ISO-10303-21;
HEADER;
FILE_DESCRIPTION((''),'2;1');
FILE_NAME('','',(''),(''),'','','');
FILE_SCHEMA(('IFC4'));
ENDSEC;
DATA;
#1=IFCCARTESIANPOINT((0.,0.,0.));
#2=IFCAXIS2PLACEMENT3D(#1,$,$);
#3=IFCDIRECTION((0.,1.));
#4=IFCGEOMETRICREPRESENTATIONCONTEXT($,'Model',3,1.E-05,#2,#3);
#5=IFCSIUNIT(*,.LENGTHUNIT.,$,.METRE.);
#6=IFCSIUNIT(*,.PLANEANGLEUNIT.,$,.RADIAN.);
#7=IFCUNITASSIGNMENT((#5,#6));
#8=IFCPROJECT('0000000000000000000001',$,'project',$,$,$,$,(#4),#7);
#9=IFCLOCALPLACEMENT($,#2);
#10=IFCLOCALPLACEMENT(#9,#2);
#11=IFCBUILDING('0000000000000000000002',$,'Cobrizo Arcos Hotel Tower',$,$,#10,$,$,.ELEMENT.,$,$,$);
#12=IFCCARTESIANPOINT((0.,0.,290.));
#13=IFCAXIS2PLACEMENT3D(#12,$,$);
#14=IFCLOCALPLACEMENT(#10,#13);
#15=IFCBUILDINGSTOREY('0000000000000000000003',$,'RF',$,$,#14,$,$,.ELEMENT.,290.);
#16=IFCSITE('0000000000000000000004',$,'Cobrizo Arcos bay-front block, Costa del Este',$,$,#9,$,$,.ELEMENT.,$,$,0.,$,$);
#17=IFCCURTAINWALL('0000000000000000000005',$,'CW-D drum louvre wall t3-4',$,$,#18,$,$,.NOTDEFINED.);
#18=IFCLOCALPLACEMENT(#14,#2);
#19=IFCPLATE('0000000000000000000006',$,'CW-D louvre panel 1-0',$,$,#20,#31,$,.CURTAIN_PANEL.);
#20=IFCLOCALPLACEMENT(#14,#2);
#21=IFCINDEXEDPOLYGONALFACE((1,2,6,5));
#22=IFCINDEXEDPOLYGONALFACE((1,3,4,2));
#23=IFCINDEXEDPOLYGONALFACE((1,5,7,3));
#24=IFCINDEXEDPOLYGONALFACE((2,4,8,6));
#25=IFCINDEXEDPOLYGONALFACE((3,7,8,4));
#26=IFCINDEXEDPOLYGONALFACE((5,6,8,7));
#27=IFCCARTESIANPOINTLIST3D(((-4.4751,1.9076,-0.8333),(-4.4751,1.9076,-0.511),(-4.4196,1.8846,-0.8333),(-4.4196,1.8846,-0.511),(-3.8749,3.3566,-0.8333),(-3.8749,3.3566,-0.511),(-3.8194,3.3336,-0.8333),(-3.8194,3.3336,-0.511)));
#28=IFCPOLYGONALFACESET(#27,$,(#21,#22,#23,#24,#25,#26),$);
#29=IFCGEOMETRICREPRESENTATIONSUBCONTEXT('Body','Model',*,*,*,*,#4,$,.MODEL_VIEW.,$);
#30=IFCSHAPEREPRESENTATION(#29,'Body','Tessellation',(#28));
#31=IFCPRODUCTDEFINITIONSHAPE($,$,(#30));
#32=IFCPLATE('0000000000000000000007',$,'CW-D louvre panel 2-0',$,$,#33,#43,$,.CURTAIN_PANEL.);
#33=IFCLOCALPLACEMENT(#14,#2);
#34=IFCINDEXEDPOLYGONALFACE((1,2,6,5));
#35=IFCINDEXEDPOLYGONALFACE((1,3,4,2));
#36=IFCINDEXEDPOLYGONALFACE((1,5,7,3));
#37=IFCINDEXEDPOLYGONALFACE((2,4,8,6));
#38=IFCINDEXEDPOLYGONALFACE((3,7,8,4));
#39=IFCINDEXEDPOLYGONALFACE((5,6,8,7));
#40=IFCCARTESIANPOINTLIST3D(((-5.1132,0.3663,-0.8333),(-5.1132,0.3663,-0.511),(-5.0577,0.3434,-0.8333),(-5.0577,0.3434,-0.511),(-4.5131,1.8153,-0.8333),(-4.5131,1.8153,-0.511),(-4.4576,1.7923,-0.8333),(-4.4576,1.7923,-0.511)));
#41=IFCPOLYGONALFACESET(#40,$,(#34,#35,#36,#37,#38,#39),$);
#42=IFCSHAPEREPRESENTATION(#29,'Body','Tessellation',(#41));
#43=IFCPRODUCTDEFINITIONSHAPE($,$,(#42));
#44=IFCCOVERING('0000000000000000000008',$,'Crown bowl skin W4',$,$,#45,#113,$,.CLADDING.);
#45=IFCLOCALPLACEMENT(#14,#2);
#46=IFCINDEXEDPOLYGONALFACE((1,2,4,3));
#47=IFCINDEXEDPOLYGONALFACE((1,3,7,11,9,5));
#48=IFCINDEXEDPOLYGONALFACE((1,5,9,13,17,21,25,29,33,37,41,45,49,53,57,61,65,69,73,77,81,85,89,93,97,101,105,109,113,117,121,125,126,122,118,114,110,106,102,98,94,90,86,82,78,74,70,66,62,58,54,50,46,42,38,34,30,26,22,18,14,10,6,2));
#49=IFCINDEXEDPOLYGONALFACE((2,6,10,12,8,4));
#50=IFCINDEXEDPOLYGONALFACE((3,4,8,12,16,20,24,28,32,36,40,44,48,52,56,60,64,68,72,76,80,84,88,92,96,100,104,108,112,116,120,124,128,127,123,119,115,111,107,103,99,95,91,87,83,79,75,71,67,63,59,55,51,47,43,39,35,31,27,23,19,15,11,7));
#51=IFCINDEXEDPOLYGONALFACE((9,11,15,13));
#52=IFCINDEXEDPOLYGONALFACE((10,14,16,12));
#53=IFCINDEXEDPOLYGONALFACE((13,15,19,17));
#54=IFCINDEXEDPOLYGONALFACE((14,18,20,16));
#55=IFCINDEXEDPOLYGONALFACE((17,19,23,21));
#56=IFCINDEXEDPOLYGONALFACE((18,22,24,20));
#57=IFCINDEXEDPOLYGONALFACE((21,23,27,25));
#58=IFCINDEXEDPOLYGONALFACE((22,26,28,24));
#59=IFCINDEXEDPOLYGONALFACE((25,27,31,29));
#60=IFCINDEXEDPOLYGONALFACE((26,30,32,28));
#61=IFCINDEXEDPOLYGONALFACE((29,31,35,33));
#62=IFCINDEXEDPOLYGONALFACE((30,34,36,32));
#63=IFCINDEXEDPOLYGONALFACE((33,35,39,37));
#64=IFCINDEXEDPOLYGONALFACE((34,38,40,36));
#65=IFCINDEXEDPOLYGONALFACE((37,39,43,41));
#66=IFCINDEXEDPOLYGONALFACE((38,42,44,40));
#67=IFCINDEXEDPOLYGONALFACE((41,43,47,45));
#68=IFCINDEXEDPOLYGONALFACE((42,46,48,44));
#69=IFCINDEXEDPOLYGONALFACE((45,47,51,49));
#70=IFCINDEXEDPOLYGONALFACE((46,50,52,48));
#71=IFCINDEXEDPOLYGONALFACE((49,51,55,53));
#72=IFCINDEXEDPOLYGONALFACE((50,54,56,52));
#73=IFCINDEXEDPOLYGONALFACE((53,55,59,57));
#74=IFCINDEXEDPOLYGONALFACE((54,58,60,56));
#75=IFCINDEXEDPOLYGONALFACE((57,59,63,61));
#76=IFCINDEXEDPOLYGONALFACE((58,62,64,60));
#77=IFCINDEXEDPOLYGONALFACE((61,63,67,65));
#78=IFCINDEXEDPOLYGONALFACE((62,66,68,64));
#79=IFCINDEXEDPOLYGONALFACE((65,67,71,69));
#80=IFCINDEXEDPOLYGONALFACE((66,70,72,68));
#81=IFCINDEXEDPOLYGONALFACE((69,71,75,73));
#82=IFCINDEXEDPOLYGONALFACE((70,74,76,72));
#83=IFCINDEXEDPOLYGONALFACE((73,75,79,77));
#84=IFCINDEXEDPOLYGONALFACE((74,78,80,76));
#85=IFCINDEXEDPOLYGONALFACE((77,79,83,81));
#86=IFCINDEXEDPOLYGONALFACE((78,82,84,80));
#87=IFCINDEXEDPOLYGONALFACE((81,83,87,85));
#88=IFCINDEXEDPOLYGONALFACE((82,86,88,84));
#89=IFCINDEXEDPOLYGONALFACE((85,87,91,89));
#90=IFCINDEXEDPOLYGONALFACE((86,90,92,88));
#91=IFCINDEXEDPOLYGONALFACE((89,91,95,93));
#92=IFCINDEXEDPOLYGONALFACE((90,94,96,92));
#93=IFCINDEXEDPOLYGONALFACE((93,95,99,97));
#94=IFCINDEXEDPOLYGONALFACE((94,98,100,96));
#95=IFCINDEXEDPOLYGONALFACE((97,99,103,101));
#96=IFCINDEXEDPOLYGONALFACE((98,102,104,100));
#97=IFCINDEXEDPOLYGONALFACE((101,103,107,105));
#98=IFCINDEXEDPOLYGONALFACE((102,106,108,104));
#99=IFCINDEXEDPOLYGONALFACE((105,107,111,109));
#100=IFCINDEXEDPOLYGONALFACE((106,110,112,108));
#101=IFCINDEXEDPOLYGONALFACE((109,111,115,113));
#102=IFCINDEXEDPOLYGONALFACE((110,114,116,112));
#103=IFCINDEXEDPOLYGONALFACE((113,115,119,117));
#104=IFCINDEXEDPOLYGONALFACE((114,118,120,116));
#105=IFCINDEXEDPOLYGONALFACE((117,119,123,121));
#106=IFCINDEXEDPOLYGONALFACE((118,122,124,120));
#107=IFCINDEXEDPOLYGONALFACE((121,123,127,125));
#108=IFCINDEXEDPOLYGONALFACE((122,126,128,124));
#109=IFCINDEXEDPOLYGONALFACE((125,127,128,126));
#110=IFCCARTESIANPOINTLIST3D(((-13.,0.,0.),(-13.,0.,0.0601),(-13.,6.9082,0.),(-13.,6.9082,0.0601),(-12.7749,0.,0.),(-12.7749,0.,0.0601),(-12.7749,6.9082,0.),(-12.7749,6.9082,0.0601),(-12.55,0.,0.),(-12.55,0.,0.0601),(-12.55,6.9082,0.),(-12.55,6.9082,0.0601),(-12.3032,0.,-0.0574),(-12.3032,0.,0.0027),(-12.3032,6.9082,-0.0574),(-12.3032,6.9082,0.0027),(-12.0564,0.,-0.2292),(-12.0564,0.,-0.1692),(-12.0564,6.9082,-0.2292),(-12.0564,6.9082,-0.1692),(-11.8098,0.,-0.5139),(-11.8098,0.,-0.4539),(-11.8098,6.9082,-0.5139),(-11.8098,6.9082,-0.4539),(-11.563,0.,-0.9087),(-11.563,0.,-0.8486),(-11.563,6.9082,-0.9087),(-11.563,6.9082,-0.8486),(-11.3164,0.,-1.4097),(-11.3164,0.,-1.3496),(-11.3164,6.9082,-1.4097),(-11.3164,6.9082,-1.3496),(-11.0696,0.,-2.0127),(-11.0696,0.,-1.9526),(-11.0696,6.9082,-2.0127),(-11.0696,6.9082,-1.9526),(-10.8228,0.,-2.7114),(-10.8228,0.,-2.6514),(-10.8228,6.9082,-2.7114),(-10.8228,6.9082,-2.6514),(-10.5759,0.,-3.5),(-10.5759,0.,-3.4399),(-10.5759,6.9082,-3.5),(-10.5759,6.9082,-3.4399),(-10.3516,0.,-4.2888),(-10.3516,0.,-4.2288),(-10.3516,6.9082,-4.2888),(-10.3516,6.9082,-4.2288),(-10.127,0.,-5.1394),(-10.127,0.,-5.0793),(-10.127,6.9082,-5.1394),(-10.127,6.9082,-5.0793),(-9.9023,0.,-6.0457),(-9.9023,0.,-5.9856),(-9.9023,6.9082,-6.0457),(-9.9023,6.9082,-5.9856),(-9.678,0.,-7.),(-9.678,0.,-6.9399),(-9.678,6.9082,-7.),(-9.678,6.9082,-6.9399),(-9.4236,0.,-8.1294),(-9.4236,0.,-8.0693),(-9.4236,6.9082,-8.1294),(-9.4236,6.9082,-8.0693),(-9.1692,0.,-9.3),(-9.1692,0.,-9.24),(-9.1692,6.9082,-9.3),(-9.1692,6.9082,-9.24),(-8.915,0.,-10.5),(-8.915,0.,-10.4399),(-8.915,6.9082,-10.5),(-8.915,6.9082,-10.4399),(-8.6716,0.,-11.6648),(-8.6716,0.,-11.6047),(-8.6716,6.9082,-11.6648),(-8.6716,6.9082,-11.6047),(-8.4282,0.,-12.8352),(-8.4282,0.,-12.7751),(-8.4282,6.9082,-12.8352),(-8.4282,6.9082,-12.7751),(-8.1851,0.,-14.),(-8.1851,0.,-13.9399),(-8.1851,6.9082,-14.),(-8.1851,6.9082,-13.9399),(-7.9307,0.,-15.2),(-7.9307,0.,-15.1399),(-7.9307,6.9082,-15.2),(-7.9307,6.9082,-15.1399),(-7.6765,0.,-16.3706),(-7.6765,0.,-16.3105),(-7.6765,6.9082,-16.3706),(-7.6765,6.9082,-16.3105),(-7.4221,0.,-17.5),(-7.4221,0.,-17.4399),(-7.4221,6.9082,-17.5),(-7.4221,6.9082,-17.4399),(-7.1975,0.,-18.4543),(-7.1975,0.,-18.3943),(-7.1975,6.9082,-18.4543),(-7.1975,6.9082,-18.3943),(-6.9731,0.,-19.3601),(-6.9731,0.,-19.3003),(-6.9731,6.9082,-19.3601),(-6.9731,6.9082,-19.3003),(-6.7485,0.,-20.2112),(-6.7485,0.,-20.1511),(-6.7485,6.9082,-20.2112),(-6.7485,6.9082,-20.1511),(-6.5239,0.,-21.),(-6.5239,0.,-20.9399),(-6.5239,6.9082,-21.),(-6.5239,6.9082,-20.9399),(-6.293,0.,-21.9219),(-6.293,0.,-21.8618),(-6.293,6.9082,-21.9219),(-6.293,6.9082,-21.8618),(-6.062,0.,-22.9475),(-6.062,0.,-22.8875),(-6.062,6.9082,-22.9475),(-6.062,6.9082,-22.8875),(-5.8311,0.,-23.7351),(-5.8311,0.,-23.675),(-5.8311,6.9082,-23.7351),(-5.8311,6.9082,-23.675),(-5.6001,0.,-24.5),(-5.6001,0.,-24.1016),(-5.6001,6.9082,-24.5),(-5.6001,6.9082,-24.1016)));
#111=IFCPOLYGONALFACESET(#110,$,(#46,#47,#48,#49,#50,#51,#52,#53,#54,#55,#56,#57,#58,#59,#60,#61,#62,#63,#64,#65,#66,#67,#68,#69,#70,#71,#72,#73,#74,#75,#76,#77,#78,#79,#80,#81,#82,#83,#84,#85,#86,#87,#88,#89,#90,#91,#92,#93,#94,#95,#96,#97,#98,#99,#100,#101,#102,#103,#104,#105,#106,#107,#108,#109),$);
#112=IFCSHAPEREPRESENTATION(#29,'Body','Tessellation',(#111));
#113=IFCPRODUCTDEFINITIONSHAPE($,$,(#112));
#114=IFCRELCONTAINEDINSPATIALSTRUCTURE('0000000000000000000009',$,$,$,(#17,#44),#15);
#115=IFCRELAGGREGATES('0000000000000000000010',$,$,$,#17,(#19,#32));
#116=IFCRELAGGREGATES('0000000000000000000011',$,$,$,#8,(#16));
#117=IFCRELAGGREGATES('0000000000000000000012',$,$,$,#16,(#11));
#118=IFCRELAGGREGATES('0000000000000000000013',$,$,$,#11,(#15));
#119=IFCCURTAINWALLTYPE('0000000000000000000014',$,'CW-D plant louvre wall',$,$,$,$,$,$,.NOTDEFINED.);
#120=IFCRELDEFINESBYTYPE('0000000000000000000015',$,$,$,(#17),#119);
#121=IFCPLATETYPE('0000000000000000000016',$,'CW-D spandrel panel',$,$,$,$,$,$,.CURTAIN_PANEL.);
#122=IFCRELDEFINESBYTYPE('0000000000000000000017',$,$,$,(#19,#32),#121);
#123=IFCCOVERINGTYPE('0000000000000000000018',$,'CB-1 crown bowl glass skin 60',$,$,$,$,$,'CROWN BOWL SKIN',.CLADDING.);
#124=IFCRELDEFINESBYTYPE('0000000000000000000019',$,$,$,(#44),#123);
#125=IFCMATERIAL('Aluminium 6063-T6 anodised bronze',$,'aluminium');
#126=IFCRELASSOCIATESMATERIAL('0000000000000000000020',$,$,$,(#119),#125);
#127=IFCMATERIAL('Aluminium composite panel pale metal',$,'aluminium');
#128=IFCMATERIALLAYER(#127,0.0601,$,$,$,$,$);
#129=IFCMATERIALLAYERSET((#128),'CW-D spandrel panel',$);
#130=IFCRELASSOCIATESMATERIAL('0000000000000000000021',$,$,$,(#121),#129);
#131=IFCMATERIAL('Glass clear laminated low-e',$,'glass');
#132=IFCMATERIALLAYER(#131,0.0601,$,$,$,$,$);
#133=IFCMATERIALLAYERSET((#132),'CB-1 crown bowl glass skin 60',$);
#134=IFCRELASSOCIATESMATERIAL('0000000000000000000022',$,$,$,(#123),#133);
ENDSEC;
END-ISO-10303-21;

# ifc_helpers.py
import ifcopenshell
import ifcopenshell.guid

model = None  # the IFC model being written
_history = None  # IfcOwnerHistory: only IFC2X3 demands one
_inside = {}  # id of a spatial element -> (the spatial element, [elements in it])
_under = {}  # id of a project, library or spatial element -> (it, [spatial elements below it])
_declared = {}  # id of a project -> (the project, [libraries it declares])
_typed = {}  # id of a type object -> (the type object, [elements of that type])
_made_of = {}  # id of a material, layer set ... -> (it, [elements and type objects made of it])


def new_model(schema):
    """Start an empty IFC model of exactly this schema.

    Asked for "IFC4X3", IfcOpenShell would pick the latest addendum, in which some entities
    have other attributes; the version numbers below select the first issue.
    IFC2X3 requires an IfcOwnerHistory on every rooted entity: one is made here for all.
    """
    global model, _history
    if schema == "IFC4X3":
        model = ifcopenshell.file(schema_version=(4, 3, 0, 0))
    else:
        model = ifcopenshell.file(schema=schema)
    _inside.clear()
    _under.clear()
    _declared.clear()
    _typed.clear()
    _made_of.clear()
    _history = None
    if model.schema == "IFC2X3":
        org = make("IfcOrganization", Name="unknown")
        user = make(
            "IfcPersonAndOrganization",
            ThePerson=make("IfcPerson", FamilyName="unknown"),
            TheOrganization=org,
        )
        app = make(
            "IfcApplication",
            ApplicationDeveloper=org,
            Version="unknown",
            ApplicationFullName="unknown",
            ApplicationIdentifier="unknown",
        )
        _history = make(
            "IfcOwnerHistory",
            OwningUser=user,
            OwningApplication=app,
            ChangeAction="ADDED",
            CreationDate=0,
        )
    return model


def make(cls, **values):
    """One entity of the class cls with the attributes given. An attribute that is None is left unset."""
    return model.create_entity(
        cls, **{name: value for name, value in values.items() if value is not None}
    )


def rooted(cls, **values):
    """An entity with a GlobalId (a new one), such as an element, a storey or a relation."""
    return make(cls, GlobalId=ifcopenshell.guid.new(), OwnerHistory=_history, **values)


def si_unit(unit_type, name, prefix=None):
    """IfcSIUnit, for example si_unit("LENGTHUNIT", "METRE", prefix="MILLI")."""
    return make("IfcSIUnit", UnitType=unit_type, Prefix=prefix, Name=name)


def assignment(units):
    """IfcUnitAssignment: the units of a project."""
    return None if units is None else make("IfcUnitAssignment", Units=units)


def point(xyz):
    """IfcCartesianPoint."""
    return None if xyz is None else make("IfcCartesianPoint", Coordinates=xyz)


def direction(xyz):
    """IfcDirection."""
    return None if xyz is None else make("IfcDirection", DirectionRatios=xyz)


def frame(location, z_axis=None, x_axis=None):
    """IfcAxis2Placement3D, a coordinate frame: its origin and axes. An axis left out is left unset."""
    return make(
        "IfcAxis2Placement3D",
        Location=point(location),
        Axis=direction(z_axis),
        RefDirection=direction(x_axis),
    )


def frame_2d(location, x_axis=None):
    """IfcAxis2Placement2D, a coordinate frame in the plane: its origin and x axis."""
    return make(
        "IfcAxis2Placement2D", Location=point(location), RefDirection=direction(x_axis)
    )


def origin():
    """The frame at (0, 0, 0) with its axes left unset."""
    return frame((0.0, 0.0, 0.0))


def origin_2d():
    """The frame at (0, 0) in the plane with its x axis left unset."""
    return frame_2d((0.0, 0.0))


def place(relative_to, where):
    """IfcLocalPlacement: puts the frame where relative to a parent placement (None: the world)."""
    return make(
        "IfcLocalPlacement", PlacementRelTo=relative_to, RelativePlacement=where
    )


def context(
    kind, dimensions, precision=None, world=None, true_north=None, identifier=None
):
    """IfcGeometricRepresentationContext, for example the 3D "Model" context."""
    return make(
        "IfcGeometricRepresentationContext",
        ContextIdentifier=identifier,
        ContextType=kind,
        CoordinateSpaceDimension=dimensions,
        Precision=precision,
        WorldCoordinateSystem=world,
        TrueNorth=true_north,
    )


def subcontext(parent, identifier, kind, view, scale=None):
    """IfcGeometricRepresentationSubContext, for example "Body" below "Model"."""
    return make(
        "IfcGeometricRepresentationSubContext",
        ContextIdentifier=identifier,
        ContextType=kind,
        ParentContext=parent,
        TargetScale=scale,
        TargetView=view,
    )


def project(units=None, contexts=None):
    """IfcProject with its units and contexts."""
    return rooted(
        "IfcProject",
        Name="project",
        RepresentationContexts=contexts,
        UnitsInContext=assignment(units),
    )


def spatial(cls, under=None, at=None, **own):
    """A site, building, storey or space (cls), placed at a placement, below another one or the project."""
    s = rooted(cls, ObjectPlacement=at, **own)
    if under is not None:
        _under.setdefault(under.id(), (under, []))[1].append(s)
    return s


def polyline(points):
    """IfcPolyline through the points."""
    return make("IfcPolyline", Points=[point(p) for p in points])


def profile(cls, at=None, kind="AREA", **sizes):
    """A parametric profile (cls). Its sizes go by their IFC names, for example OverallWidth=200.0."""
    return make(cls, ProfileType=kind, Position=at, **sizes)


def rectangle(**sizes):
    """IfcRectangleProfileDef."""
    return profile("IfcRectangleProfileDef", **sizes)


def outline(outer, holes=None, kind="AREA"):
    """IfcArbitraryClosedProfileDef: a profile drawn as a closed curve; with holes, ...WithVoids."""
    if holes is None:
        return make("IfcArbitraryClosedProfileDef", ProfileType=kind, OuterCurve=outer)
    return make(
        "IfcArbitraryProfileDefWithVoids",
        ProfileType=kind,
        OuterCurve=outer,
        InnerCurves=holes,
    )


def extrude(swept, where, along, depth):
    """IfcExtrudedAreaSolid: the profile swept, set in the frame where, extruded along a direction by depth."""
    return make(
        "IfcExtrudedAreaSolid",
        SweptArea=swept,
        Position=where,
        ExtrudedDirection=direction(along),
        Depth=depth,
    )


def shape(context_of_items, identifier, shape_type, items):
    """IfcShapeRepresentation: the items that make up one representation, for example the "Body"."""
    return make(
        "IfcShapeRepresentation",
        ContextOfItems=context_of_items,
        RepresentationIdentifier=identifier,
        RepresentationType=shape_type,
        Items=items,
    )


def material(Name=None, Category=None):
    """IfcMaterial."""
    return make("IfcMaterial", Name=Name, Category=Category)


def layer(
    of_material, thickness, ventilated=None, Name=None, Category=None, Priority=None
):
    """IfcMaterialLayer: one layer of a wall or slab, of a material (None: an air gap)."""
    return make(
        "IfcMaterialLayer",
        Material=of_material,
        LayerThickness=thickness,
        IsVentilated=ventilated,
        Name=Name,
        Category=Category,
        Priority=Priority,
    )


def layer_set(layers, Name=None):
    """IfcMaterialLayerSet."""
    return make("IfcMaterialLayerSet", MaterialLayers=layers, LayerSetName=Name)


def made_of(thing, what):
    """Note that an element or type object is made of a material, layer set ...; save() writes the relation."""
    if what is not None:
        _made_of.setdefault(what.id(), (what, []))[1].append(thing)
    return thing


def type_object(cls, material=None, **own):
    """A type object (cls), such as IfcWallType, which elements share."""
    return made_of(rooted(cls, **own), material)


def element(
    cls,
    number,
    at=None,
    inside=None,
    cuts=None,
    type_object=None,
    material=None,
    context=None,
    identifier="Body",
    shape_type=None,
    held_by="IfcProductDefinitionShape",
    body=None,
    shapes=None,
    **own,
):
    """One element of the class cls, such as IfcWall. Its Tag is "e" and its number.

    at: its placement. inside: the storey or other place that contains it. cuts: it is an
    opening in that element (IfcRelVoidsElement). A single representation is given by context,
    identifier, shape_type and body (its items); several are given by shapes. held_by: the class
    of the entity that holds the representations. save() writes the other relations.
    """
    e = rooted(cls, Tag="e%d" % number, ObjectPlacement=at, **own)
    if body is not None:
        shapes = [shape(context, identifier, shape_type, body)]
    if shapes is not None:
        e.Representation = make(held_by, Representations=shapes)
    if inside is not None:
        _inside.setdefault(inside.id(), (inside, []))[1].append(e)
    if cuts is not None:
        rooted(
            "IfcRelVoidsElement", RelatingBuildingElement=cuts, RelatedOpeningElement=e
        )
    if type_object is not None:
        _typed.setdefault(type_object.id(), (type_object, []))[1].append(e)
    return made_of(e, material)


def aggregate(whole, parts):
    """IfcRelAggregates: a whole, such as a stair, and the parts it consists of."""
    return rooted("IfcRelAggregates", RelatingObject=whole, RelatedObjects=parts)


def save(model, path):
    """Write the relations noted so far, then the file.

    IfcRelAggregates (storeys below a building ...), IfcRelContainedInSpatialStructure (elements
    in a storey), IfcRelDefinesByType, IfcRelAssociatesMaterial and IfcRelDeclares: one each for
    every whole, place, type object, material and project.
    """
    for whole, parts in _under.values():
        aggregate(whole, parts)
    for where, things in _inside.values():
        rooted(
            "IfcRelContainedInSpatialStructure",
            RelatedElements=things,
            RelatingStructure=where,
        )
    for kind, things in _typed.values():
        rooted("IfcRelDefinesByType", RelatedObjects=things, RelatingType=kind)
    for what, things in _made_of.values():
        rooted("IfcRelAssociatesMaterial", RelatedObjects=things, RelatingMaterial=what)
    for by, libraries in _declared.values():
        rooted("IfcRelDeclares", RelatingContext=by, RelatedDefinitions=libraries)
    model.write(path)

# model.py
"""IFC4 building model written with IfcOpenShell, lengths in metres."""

from ifc_helpers import new_model, si_unit, direction, frame, origin, origin_2d, place, context, subcontext, project, spatial, polyline, rectangle, outline, extrude, material, layer, layer_set, type_object, element, aggregate, save


model = new_model("IFC4")

# Units and contexts
model_context = context("Model", 3, precision=1e-05, world=origin(), true_north=direction((0.0, 1.0)))
body_context = subcontext(model_context, "Body", "Model", "MODEL_VIEW")
ifc_project = project(units=[si_unit("LENGTHUNIT", "METRE"), si_unit("PLANEANGLEUNIT", "RADIAN")], contexts=[model_context])

# Site, building, storey
site_placement = place(None, origin())
site = spatial("IfcSite", under=ifc_project, at=site_placement, Name="Cobrizo Arcos bay-front block, Costa del Este", CompositionType="ELEMENT", RefElevation=0.0)
building_placement = place(site_placement, origin())
building = spatial("IfcBuilding", under=site, at=building_placement, Name="Cobrizo Arcos Hotel Tower", CompositionType="ELEMENT")
storey_placement = place(building_placement, frame((0.0, 0.0, 290.0)))
storey = spatial("IfcBuildingStorey", under=building, at=storey_placement, Name="RF", CompositionType="ELEMENT", Elevation=290.0)

# Curtain wall
ifc_material_1 = material(Name="Aluminium 6063-T6 anodised bronze", Category="aluminium")
curtain_wall_type = type_object("IfcCurtainWallType", Name="CW-D plant louvre wall", PredefinedType="NOTDEFINED", material=ifc_material_1)
curtain_wall_1_placement = place(storey_placement, origin())
curtain_wall_1 = element("IfcCurtainWall", 1, at=curtain_wall_1_placement, inside=storey, type_object=curtain_wall_type, Name="CW-D drum louvre wall t3-4", PredefinedType="NOTDEFINED")

# Shared definitions
ifc_material_2 = material(Name="Glass clear laminated low-e", Category="glass")

# Plates
ifc_material_3 = material(Name="Aluminium composite panel pale metal", Category="aluminium")
ifc_layer_1 = layer(ifc_material_3, 0.0601)
ifc_layer_set_1 = layer_set([ifc_layer_1], Name="CW-D spandrel panel")
plate_type_1 = type_object("IfcPlateType", Name="CW-D spandrel panel", PredefinedType="CURTAIN_PANEL", material=ifc_layer_set_1)
plate_1_placement = place(storey_placement, frame((-4.1472, 2.6206, -0.8333), z_axis=(0.0, 0.0, 1.0), x_axis=(-0.382683, -0.92388, 0.0)))
plate_1 = element("IfcPlate", 2, at=plate_1_placement, type_object=plate_type_1, Name="CW-D louvre panel 1-0", PredefinedType="CURTAIN_PANEL", context=body_context, shape_type="SweptSolid", body=[
    extrude(rectangle(XDim=1.5684, YDim=0.0601, at=origin_2d()), origin(), (0.0, 0.0, 1.0), 0.3223),
])
plate_2_placement = place(storey_placement, frame((-4.7854, 1.0793, -0.8333), z_axis=(0.0, 0.0, 1.0), x_axis=(-0.382683, -0.92388, 0.0)))
plate_2 = element("IfcPlate", 3, at=plate_2_placement, type_object=plate_type_1, Name="CW-D louvre panel 2-0", PredefinedType="CURTAIN_PANEL", context=body_context, shape_type="SweptSolid", body=[
    extrude(rectangle(XDim=1.5684, YDim=0.0601, at=origin_2d()), origin(), (0.0, 0.0, 1.0), 0.3223),
])
aggregate(curtain_wall_1, [plate_1, plate_2])

# Covering
ifc_layer_2 = layer(ifc_material_2, 0.0601)
ifc_layer_set_2 = layer_set([ifc_layer_2], Name="CB-1 crown bowl glass skin 60")
covering_type_1 = type_object("IfcCoveringType", Name="CB-1 crown bowl glass skin 60", ElementType="CROWN BOWL SKIN", PredefinedType="CLADDING", material=ifc_layer_set_2)
covering_1_placement = place(storey_placement, frame((0.0, 0.0, -24.5), z_axis=(0.0, 1.0, 0.0), x_axis=(-1.0, 0.0, 0.0)))
element("IfcCovering", 4, at=covering_1_placement, inside=storey, type_object=covering_type_1, Name="Crown bowl skin W4", PredefinedType="CLADDING", context=body_context, shape_type="SweptSolid", body=[
    extrude(outline(polyline([(5.8311, 0.7649), (6.062, 1.5525), (6.293, 2.5781), (6.5239, 3.5), (6.7485, 4.2888), (6.9731, 5.1399), (7.1975, 6.0457), (7.4221, 7.0), (7.6765, 8.1294), (7.9307, 9.3), (8.1851, 10.5), (8.4282, 11.6648), (8.6716, 12.8352), (8.915, 14.0), (9.1692, 15.2), (9.4236, 16.3706), (9.678, 17.5), (9.9023, 18.4543), (10.127, 19.3606), (10.3516, 20.2112), (10.5759, 21.0), (10.8228, 21.7886), (11.0696, 22.4873), (11.3164, 23.0903), (11.563, 23.5913), (11.8098, 23.9861), (12.0564, 24.2708), (12.3032, 24.4426), (12.55, 24.5), (12.7749, 24.5), (13.0, 24.5), (13.0, 24.5601), (12.7749, 24.5601), (12.55, 24.5601), (12.3032, 24.5027), (12.0564, 24.3308), (11.8098, 24.0461), (11.563, 23.6514), (11.3164, 23.1504), (11.0696, 22.5474), (10.8228, 21.8486), (10.5759, 21.0601), (10.3516, 20.2712), (10.127, 19.4207), (9.9023, 18.5144), (9.678, 17.5601), (9.4236, 16.4307), (9.1692, 15.26), (8.915, 14.0601), (8.6716, 12.8953), (8.4282, 11.7249), (8.1851, 10.5601), (7.9307, 9.3601), (7.6765, 8.1895), (7.4221, 7.0601), (7.1975, 6.1057), (6.9731, 5.1997), (6.7485, 4.3489), (6.5239, 3.5601), (6.293, 2.6382), (6.062, 1.6125), (5.8311, 0.825), (5.6001, 0.3984), (5.6001, 0.0), (5.8311, 0.7649)])), origin(), (0.0, 0.0, 1.0), 6.9082),
])

save(model, "model.ifc")
